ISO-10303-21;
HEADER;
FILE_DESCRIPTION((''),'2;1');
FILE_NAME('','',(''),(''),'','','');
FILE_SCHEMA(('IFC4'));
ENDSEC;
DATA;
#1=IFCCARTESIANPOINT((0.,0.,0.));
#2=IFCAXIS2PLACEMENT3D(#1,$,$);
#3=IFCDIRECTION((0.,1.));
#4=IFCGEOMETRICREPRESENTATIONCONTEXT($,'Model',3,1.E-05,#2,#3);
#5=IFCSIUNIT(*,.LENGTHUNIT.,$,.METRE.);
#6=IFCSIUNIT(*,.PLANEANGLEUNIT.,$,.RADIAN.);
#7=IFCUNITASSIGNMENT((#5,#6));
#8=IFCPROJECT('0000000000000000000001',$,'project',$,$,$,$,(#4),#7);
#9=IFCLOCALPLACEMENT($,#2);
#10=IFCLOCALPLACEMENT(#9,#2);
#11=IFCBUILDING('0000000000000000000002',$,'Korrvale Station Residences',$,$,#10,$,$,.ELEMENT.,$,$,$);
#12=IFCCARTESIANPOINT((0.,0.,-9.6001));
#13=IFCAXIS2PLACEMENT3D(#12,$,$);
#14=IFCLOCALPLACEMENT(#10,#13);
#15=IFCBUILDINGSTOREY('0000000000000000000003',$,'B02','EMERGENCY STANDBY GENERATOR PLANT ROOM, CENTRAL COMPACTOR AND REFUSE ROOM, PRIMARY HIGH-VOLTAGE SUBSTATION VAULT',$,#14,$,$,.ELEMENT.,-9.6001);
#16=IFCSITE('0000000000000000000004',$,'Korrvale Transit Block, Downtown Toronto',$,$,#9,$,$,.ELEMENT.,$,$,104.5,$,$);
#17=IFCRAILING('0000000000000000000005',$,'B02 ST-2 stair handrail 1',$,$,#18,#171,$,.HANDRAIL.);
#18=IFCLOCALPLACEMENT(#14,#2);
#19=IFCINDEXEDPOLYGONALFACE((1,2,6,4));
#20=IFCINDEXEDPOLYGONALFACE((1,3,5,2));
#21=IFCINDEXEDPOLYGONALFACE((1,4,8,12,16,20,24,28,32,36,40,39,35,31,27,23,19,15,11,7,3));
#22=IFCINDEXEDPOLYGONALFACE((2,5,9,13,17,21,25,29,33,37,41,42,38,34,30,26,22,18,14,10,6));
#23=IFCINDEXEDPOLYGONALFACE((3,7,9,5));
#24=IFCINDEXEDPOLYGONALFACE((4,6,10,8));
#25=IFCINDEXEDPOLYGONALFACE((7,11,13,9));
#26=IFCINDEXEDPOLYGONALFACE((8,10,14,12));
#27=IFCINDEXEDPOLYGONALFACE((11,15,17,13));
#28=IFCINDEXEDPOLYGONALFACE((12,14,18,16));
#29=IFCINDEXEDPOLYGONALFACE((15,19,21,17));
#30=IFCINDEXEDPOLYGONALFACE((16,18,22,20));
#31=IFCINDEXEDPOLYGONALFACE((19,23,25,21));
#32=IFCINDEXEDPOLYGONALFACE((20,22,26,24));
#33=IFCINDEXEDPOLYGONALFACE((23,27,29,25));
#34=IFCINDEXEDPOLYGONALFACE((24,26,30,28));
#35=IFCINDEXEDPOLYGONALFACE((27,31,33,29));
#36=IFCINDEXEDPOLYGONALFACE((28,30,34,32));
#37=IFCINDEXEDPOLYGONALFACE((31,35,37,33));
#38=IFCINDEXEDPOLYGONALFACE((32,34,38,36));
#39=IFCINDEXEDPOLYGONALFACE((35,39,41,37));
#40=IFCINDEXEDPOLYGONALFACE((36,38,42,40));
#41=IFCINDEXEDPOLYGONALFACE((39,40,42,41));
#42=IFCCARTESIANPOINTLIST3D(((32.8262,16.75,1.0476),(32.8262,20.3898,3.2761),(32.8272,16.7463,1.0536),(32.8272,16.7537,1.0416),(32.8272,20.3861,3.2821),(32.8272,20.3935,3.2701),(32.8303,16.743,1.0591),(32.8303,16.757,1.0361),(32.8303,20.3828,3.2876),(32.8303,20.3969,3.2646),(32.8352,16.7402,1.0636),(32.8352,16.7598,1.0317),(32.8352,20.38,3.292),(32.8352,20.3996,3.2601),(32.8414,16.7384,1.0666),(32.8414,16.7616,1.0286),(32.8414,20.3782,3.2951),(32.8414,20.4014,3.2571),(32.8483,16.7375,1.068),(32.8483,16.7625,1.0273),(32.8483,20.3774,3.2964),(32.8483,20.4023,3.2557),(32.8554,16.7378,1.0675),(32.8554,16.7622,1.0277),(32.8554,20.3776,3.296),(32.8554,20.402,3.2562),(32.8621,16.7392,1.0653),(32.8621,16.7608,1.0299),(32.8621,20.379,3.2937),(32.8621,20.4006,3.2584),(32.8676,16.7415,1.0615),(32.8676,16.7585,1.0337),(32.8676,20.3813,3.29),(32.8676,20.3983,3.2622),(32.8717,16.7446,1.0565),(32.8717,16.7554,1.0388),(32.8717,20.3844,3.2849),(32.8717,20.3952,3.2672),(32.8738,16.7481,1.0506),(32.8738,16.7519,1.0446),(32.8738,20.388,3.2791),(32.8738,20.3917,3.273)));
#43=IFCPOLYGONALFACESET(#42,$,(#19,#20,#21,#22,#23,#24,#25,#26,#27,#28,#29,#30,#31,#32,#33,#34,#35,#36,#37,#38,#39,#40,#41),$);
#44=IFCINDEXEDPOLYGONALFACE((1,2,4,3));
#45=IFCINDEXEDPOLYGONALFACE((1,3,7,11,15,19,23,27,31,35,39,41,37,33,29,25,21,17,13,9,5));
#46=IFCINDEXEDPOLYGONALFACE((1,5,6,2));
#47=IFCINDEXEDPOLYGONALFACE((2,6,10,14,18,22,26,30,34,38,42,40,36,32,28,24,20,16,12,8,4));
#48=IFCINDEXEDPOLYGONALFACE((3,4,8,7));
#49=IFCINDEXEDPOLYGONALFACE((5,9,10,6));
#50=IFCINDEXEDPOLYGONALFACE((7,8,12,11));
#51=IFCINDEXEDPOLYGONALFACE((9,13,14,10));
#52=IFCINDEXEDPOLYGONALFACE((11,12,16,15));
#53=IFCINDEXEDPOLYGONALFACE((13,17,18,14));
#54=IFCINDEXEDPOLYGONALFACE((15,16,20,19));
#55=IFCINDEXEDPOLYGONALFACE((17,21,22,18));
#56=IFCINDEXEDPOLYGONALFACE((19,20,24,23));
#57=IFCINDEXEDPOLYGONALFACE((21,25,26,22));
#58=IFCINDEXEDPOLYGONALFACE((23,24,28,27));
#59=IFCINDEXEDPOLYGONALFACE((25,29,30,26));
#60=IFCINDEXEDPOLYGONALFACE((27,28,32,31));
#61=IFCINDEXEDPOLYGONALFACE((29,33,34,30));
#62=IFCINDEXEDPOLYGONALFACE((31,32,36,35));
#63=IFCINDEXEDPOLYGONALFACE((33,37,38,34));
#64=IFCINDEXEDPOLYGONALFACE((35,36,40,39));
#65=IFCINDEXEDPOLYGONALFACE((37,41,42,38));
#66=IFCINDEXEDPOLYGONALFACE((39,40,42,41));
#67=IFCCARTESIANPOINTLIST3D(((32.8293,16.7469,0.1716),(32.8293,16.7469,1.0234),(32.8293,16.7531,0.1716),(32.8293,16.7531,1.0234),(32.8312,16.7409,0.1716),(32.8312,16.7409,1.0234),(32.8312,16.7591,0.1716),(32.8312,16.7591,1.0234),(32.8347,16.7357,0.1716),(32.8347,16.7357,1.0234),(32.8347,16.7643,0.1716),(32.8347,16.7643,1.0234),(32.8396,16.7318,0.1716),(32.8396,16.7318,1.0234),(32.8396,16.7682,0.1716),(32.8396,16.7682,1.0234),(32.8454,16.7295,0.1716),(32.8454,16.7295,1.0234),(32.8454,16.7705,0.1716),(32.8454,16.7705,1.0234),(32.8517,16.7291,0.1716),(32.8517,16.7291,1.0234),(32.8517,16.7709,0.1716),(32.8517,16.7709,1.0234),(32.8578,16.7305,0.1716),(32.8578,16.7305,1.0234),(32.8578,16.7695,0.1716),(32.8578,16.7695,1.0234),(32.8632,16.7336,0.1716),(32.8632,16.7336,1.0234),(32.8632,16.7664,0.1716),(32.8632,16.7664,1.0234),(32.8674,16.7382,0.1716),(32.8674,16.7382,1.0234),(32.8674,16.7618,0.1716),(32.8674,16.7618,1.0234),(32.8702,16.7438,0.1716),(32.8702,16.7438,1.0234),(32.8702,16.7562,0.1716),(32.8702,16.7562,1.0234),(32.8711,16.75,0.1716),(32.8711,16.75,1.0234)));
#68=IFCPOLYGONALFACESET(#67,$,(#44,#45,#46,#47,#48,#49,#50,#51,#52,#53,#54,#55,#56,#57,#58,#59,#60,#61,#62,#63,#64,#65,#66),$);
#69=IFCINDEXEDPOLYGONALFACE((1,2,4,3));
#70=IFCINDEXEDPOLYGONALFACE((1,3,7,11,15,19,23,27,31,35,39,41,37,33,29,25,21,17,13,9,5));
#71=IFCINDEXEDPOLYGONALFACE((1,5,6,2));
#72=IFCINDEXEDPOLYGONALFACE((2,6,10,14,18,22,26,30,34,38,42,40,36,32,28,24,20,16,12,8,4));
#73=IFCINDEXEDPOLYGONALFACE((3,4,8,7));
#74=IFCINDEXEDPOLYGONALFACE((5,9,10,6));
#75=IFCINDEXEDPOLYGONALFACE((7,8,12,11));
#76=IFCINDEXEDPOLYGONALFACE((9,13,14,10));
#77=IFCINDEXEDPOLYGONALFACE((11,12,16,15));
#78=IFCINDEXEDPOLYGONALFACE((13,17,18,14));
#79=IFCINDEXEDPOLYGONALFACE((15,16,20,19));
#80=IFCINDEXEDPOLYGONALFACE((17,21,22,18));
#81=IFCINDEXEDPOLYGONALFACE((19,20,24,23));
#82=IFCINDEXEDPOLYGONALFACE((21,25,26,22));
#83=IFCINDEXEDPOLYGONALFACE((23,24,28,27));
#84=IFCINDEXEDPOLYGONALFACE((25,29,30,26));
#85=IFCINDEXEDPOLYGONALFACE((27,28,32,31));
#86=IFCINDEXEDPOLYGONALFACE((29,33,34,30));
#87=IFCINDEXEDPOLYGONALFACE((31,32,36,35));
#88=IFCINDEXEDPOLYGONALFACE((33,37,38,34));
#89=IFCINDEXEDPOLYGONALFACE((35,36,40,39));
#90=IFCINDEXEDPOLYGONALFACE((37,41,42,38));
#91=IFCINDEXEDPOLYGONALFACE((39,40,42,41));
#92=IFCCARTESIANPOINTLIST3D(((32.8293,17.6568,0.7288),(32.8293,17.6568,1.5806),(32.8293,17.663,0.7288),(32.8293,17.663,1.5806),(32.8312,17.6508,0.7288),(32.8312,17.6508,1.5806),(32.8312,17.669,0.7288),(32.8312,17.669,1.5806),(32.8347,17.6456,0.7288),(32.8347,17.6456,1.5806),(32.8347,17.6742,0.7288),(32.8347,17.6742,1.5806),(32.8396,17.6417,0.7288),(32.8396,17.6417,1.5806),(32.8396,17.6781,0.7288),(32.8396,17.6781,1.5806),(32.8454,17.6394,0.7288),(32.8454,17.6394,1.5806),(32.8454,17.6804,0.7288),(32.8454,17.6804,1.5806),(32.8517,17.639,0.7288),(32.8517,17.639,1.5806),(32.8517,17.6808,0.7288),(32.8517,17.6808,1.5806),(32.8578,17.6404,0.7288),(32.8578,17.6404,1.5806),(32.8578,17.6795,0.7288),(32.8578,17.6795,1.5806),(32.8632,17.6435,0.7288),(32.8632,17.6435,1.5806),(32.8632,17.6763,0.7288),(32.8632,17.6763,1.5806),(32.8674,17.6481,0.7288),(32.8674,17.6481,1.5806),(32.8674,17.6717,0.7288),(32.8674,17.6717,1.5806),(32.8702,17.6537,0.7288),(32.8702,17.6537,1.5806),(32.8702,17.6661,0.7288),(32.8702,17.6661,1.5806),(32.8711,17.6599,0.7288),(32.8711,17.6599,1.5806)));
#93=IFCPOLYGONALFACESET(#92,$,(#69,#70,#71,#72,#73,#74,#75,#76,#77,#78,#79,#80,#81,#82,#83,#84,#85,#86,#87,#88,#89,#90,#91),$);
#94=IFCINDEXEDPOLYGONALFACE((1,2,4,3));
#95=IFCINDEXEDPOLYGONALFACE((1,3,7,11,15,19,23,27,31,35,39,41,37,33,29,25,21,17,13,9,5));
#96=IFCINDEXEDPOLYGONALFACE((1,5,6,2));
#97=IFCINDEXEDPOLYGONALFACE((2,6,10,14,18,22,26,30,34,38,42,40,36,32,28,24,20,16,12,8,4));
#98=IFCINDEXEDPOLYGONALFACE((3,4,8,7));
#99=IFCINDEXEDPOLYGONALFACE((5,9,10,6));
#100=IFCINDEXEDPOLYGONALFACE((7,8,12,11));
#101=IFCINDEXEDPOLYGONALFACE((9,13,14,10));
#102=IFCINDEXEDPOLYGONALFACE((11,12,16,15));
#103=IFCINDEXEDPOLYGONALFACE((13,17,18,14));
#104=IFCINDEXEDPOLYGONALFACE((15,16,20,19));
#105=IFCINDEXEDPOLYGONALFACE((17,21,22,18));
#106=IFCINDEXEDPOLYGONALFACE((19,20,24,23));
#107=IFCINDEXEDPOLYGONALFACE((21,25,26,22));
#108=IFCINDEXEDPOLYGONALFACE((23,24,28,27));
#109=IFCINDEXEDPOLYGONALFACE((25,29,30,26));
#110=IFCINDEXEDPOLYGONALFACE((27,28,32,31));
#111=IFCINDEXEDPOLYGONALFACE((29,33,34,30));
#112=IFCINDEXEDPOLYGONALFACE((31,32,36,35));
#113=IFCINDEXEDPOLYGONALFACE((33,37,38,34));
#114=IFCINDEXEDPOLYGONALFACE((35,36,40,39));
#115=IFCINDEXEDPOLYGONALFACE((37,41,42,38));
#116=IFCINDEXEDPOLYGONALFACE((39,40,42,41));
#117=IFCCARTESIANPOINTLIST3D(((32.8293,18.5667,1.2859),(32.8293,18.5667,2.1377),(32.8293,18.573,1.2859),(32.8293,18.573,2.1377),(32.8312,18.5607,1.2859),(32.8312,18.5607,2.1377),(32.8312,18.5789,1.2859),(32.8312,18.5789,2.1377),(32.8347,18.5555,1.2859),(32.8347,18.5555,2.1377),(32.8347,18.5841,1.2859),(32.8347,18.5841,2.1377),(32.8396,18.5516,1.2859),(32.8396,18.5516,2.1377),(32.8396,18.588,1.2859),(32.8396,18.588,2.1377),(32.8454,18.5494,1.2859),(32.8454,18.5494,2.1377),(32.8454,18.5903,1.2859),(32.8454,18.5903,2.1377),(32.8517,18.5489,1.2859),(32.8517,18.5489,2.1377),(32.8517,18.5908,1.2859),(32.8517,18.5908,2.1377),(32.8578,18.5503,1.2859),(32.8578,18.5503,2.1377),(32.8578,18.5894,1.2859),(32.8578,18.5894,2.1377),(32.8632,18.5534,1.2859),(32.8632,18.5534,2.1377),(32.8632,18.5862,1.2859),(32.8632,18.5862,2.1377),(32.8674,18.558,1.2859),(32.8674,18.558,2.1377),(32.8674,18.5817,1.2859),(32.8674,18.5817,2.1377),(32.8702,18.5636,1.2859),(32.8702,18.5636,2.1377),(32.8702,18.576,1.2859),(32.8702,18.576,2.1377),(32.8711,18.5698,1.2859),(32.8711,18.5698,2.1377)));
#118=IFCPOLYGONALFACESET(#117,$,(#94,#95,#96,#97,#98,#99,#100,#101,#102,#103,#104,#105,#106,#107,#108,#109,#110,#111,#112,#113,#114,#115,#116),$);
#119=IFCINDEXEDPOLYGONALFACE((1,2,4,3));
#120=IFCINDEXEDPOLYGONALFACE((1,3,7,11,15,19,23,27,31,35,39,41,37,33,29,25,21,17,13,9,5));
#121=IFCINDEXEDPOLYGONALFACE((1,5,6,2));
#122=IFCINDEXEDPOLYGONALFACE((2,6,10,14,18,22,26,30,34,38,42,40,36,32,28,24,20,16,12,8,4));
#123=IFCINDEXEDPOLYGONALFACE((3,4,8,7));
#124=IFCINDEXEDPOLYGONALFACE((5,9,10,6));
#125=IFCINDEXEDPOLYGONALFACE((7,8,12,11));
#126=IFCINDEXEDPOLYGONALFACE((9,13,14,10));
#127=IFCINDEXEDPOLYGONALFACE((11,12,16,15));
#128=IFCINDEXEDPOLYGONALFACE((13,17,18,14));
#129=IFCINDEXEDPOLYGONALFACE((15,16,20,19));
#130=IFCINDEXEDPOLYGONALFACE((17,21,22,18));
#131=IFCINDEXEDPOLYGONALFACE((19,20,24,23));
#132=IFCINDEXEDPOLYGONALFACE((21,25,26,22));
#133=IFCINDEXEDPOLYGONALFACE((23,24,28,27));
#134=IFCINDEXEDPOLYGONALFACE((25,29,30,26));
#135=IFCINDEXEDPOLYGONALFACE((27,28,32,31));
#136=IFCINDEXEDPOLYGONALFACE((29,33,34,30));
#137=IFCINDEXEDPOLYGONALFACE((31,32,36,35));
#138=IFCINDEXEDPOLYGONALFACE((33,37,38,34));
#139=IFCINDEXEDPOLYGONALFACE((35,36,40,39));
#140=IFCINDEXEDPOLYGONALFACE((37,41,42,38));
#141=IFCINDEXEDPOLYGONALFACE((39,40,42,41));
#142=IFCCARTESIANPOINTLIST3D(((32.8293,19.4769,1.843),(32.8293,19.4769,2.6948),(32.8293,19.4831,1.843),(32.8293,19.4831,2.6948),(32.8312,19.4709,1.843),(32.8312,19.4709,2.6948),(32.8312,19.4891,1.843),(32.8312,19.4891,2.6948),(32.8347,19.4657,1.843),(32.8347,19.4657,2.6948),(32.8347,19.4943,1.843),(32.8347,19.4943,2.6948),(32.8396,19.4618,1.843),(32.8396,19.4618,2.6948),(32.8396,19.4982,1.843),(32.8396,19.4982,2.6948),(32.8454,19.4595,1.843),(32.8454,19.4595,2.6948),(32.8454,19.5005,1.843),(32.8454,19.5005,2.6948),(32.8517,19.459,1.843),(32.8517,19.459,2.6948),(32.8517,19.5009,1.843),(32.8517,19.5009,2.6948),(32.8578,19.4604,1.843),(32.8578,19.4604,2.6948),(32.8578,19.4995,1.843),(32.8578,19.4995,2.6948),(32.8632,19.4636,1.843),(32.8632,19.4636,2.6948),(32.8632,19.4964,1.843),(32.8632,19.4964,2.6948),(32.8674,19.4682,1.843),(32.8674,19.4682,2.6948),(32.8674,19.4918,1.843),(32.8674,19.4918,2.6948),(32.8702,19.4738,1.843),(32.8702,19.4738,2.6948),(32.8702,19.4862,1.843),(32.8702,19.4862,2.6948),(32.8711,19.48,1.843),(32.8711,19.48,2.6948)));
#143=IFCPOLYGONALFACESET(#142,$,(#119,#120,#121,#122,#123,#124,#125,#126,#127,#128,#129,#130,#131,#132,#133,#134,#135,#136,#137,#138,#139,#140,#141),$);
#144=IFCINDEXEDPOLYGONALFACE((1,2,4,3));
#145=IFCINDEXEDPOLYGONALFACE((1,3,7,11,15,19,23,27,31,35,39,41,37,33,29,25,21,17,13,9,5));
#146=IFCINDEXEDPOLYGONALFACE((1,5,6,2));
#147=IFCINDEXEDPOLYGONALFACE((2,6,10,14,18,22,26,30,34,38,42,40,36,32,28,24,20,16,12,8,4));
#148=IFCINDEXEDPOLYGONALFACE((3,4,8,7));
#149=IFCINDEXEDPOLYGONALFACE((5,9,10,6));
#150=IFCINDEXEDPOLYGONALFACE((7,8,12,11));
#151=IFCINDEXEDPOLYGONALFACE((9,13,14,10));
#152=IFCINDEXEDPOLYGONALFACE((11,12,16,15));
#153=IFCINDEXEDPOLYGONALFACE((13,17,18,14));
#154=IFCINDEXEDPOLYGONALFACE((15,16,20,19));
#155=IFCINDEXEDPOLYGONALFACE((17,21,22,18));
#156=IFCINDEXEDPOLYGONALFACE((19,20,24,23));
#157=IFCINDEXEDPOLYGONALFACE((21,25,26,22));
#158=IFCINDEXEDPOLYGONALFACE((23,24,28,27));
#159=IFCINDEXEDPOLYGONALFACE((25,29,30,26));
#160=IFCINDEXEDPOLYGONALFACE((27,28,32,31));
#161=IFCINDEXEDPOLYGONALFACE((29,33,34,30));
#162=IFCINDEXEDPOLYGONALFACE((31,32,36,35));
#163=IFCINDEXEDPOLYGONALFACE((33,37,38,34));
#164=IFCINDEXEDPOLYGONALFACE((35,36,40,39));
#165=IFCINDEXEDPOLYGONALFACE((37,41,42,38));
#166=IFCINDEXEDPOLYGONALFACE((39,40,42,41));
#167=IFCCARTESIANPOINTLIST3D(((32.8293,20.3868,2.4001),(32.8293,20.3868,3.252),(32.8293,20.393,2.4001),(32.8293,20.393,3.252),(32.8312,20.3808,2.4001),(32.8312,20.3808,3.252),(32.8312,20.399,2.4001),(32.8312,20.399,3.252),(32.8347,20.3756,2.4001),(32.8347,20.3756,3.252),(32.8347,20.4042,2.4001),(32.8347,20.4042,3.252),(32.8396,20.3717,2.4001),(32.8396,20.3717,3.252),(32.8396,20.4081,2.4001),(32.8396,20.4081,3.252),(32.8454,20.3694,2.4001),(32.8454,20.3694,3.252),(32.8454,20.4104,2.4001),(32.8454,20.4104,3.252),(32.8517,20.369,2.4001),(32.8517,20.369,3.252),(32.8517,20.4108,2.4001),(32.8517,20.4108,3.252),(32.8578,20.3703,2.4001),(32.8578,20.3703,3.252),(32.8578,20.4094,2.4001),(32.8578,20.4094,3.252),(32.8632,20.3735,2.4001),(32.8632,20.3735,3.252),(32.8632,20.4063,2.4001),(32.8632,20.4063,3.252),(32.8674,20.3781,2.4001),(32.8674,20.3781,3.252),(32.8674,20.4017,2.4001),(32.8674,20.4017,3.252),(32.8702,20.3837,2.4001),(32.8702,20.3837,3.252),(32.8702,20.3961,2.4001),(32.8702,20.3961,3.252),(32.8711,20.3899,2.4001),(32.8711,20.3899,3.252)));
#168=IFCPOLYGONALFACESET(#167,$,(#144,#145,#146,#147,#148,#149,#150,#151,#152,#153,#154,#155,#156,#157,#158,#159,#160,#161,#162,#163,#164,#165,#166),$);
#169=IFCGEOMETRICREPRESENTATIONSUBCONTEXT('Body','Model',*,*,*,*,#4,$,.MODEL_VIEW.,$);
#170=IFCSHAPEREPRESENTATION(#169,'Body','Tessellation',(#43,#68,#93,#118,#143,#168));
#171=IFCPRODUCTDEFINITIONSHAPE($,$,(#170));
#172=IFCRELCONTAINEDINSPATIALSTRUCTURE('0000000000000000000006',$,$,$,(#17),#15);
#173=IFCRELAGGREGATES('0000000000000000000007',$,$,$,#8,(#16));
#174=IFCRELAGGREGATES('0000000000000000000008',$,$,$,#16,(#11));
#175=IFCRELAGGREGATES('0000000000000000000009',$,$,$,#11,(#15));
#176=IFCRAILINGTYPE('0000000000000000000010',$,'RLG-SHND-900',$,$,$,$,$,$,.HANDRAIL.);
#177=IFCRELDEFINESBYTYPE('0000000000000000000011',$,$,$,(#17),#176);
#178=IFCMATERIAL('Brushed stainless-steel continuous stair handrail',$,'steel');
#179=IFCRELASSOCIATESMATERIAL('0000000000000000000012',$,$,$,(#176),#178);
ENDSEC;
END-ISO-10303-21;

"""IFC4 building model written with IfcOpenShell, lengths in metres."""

from ifc_helpers import new_model, si_unit, direction, frame, origin, origin_2d, place, context, subcontext, project, spatial, circle, extrude, material, type_object, element, save


model = new_model("IFC4")

# Units and contexts
model_context = context("Model", 3, precision=1e-05, world=origin(), true_north=direction((0.0, 1.0)))
body_context = subcontext(model_context, "Body", "Model", "MODEL_VIEW")
ifc_project = project(units=[si_unit("LENGTHUNIT", "METRE"), si_unit("PLANEANGLEUNIT", "RADIAN")], contexts=[model_context])

# Site, building, storey
site_placement = place(None, origin())
site = spatial("IfcSite", under=ifc_project, at=site_placement, Name="Korrvale Transit Block, Downtown Toronto", CompositionType="ELEMENT", RefElevation=104.5)
building_placement = place(site_placement, origin())
building = spatial("IfcBuilding", under=site, at=building_placement, Name="Korrvale Station Residences", CompositionType="ELEMENT")
storey_placement = place(building_placement, frame((0.0, 0.0, -9.6001)))
storey = spatial("IfcBuildingStorey", under=building, at=storey_placement, Name="B02", Description="EMERGENCY STANDBY GENERATOR PLANT ROOM, CENTRAL COMPACTOR AND REFUSE ROOM, PRIMARY HIGH-VOLTAGE SUBSTATION VAULT", CompositionType="ELEMENT", Elevation=-9.6001)

# Railing
ifc_material_1 = material(Name="Brushed stainless-steel continuous stair handrail", Category="steel")
railing_type_1 = type_object("IfcRailingType", Name="RLG-SHND-900", PredefinedType="HANDRAIL", material=ifc_material_1)
for number, where, name in (
    (1, (32.8501, 16.75, 0.1716), "B02 ST-2 stair handrail 1"),
):
    element("IfcRailing", number, at=place(storey_placement, frame(where)), inside=storey, type_object=railing_type_1, Name=name, PredefinedType="HANDRAIL", context=body_context, shape_type="SweptSolid", body=[
        extrude(circle(Radius=0.0239, at=origin_2d()), frame((0.0, 0.0, 0.876), z_axis=(0.0, 0.85285, 0.522156), x_axis=(-1.0, 0.0, 0.0)), (0.0, 0.0, 1.0), 4.2678),
        extrude(circle(Radius=0.021, at=origin_2d()), origin(), (0.0, 0.0, 1.0), 0.8518),
        extrude(circle(Radius=0.021, at=origin_2d()), frame((0.0, 0.9099, 0.5571)), (0.0, 0.0, 1.0), 0.8518),
        extrude(circle(Radius=0.021, at=origin_2d()), frame((0.0, 1.8198, 1.1143)), (0.0, 0.0, 1.0), 0.8518),
        extrude(circle(Radius=0.021, at=origin_2d()), frame((0.0, 2.73, 1.6714)), (0.0, 0.0, 1.0), 0.8518),
        extrude(circle(Radius=0.021, at=origin_2d()), frame((0.0, 3.6399, 2.2285)), (0.0, 0.0, 1.0), 0.8518),
    ])

save(model, "model.ifc")
